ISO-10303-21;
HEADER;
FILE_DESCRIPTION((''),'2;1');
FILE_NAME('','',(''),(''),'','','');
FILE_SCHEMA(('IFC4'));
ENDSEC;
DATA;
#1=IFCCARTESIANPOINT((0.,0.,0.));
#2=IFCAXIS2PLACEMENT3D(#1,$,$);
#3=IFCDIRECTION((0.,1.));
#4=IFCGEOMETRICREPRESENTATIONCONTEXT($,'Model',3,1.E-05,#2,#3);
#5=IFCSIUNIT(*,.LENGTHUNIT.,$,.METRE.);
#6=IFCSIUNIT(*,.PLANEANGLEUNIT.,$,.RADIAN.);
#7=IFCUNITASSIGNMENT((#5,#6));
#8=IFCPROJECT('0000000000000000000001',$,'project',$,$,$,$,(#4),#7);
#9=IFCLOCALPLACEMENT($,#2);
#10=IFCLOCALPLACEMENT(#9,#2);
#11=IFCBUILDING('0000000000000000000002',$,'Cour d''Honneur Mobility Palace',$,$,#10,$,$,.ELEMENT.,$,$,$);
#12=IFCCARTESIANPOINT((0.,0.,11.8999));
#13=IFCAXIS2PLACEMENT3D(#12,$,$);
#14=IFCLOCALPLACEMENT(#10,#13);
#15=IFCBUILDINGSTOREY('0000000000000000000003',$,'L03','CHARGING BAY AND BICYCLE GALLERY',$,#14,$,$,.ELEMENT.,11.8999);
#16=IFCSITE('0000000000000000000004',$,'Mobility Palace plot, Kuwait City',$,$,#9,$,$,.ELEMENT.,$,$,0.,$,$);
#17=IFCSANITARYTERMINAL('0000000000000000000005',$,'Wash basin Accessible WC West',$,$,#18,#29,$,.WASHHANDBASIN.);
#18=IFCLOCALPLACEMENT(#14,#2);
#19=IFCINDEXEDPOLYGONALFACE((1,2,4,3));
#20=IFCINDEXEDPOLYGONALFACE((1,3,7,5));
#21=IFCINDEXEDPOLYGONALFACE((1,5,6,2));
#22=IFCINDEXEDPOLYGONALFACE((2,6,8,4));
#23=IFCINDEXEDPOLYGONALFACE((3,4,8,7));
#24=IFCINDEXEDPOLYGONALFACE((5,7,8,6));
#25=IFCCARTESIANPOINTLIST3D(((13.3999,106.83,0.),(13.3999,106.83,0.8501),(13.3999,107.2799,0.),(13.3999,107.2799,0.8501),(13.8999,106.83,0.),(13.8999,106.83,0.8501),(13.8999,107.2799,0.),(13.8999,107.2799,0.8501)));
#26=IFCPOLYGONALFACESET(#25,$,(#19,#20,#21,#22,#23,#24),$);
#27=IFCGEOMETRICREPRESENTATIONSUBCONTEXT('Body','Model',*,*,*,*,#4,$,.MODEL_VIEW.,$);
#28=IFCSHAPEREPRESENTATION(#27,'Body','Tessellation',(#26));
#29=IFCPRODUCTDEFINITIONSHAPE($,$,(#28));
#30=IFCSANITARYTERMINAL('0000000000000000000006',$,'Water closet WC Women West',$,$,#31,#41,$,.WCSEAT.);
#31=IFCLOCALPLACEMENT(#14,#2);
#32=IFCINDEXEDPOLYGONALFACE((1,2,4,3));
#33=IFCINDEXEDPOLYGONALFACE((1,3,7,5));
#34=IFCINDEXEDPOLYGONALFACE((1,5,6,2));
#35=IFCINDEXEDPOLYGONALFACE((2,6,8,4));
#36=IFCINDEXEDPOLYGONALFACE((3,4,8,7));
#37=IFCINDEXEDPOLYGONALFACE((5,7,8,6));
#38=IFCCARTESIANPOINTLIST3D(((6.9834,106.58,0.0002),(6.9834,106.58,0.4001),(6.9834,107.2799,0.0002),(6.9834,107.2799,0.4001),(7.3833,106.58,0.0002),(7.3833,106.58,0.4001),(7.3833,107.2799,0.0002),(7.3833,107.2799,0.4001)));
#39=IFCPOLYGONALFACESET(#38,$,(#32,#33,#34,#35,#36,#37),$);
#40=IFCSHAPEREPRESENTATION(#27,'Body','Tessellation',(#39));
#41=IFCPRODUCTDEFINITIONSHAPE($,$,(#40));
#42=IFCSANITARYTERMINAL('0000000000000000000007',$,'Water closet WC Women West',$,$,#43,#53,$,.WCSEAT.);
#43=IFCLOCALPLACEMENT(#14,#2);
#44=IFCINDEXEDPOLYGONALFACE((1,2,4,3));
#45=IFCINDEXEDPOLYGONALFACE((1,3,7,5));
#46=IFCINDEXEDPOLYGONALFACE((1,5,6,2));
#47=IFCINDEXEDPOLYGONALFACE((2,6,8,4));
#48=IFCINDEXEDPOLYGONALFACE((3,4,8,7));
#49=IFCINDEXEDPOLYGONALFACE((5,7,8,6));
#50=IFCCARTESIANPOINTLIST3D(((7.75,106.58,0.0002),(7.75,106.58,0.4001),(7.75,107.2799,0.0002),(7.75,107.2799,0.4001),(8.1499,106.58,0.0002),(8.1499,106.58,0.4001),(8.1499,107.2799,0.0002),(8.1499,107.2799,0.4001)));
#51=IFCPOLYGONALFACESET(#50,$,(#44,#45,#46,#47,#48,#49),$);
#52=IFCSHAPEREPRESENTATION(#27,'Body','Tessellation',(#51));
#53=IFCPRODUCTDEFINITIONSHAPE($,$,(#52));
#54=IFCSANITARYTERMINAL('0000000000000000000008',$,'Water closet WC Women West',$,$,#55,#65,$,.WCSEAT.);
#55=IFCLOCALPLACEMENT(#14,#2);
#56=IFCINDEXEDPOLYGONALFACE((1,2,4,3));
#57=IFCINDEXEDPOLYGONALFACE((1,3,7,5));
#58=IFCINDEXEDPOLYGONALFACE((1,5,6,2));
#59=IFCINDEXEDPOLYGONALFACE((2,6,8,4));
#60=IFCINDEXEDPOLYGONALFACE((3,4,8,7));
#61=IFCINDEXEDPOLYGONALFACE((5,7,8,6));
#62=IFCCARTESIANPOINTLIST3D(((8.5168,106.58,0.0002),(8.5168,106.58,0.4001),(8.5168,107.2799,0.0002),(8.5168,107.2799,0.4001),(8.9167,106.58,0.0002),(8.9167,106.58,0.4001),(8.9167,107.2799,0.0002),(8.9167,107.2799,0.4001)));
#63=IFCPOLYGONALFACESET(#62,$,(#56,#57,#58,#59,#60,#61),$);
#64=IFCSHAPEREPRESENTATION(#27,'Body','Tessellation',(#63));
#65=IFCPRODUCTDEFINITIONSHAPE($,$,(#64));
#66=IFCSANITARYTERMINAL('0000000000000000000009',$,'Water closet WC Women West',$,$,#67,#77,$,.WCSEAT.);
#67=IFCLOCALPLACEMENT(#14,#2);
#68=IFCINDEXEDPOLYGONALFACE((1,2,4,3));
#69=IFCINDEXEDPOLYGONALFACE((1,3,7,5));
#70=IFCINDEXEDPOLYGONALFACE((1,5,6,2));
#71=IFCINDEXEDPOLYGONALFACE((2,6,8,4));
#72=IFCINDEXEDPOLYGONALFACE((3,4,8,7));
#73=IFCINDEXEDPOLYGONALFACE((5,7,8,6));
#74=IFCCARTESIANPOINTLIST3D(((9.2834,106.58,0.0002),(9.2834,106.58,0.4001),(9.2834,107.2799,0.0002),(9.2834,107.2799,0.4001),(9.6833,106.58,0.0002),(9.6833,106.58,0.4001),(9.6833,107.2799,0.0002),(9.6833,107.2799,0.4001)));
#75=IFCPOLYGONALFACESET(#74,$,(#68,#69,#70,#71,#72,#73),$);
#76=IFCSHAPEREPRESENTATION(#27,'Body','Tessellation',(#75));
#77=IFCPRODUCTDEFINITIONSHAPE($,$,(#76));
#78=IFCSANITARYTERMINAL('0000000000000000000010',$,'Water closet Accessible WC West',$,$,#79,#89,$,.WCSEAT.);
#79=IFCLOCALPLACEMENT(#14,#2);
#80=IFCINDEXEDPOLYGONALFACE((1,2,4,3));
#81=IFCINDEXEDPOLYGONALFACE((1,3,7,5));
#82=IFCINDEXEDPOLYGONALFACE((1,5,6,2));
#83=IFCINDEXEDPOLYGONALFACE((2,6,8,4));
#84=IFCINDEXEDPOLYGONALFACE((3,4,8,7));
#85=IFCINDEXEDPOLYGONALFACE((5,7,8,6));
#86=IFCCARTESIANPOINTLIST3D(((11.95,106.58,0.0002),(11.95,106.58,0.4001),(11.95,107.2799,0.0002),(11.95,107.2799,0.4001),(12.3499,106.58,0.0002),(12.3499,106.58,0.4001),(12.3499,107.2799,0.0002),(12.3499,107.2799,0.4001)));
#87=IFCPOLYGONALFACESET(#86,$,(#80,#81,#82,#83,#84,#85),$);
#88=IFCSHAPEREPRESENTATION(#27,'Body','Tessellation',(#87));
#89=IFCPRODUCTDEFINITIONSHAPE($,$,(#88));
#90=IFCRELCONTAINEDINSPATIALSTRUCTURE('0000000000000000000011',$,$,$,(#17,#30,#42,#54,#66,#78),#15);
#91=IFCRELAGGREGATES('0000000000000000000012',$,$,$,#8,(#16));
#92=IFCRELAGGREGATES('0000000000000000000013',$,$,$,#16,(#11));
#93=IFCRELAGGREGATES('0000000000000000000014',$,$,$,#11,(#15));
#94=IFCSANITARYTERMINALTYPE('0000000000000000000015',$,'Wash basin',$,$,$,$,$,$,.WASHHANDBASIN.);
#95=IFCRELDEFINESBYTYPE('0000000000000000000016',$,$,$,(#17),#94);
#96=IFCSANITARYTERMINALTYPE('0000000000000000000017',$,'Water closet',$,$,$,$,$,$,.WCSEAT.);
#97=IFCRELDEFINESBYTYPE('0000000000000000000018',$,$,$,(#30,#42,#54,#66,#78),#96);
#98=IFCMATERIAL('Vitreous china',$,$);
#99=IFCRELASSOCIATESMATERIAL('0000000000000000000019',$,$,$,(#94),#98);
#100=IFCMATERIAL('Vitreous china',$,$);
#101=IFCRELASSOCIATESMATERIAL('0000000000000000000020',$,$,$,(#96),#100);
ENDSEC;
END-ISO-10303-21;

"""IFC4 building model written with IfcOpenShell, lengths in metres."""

from ifc_helpers import new_model, si_unit, direction, frame, origin, origin_2d, place, context, subcontext, project, spatial, rectangle, extrude, material, type_object, element, save


model = new_model("IFC4")

# Units and contexts
model_context = context("Model", 3, precision=1e-05, world=origin(), true_north=direction((0.0, 1.0)))
body_context = subcontext(model_context, "Body", "Model", "MODEL_VIEW")
ifc_project = project(units=[si_unit("LENGTHUNIT", "METRE"), si_unit("PLANEANGLEUNIT", "RADIAN")], contexts=[model_context])

# Site, building, storey
site_placement = place(None, origin())
site = spatial("IfcSite", under=ifc_project, at=site_placement, Name="Mobility Palace plot, Kuwait City", CompositionType="ELEMENT", RefElevation=0.0)
building_placement = place(site_placement, origin())
building = spatial("IfcBuilding", under=site, at=building_placement, Name="Cour d'Honneur Mobility Palace", CompositionType="ELEMENT")
storey_placement = place(building_placement, frame((0.0, 0.0, 11.8999)))
storey = spatial("IfcBuildingStorey", under=building, at=storey_placement, Name="L03", Description="CHARGING BAY AND BICYCLE GALLERY", CompositionType="ELEMENT", Elevation=11.8999)

# Sanitary terminals
ifc_material_1 = material(Name="Vitreous china")
sanitary_terminal_type_1 = type_object("IfcSanitaryTerminalType", Name="Wash basin", PredefinedType="WASHHANDBASIN", material=ifc_material_1)
for number, where, z_axis, x_axis, name in (
    (1, (13.6499, 107.0549, 0.0), (0.0, 0.0, 1.0), (1.0, 0.0, 0.0), "Wash basin Accessible WC West"),
):
    element("IfcSanitaryTerminal", number, at=place(storey_placement, frame(where, z_axis=z_axis, x_axis=x_axis)), inside=storey, type_object=sanitary_terminal_type_1, Name=name, PredefinedType="WASHHANDBASIN", context=body_context, shape_type="SweptSolid", body=[
        extrude(rectangle(XDim=0.5, YDim=0.45, at=origin_2d()), origin(), (0.0, 0.0, 1.0), 0.8501),
    ])
ifc_material_2 = material(Name="Vitreous china")
sanitary_terminal_type_2 = type_object("IfcSanitaryTerminalType", Name="Water closet", PredefinedType="WCSEAT", material=ifc_material_2)
for number, where, z_axis, x_axis, name in (
    (2, (7.1833, 106.9299, 0.0002), (0.0, 0.0, 1.0), (1.0, 0.0, 0.0), "Water closet WC Women West"),
    (3, (7.95, 106.9299, 0.0002), (0.0, 0.0, 1.0), (1.0, 0.0, 0.0), "Water closet WC Women West"),
    (4, (8.7168, 106.9299, 0.0002), (0.0, 0.0, 1.0), (1.0, 0.0, 0.0), "Water closet WC Women West"),
    (5, (9.4834, 106.9299, 0.0002), (0.0, 0.0, 1.0), (1.0, 0.0, 0.0), "Water closet WC Women West"),
    (6, (12.1499, 106.9299, 0.0002), (0.0, 0.0, 1.0), (1.0, 0.0, 0.0), "Water closet Accessible WC West"),
):
    element("IfcSanitaryTerminal", number, at=place(storey_placement, frame(where, z_axis=z_axis, x_axis=x_axis)), inside=storey, type_object=sanitary_terminal_type_2, Name=name, PredefinedType="WCSEAT", context=body_context, shape_type="SweptSolid", body=[
        extrude(rectangle(XDim=0.3999, YDim=0.7, at=origin_2d()), origin(), (0.0, 0.0, 1.0), 0.3999),
    ])

save(model, "model.ifc")
